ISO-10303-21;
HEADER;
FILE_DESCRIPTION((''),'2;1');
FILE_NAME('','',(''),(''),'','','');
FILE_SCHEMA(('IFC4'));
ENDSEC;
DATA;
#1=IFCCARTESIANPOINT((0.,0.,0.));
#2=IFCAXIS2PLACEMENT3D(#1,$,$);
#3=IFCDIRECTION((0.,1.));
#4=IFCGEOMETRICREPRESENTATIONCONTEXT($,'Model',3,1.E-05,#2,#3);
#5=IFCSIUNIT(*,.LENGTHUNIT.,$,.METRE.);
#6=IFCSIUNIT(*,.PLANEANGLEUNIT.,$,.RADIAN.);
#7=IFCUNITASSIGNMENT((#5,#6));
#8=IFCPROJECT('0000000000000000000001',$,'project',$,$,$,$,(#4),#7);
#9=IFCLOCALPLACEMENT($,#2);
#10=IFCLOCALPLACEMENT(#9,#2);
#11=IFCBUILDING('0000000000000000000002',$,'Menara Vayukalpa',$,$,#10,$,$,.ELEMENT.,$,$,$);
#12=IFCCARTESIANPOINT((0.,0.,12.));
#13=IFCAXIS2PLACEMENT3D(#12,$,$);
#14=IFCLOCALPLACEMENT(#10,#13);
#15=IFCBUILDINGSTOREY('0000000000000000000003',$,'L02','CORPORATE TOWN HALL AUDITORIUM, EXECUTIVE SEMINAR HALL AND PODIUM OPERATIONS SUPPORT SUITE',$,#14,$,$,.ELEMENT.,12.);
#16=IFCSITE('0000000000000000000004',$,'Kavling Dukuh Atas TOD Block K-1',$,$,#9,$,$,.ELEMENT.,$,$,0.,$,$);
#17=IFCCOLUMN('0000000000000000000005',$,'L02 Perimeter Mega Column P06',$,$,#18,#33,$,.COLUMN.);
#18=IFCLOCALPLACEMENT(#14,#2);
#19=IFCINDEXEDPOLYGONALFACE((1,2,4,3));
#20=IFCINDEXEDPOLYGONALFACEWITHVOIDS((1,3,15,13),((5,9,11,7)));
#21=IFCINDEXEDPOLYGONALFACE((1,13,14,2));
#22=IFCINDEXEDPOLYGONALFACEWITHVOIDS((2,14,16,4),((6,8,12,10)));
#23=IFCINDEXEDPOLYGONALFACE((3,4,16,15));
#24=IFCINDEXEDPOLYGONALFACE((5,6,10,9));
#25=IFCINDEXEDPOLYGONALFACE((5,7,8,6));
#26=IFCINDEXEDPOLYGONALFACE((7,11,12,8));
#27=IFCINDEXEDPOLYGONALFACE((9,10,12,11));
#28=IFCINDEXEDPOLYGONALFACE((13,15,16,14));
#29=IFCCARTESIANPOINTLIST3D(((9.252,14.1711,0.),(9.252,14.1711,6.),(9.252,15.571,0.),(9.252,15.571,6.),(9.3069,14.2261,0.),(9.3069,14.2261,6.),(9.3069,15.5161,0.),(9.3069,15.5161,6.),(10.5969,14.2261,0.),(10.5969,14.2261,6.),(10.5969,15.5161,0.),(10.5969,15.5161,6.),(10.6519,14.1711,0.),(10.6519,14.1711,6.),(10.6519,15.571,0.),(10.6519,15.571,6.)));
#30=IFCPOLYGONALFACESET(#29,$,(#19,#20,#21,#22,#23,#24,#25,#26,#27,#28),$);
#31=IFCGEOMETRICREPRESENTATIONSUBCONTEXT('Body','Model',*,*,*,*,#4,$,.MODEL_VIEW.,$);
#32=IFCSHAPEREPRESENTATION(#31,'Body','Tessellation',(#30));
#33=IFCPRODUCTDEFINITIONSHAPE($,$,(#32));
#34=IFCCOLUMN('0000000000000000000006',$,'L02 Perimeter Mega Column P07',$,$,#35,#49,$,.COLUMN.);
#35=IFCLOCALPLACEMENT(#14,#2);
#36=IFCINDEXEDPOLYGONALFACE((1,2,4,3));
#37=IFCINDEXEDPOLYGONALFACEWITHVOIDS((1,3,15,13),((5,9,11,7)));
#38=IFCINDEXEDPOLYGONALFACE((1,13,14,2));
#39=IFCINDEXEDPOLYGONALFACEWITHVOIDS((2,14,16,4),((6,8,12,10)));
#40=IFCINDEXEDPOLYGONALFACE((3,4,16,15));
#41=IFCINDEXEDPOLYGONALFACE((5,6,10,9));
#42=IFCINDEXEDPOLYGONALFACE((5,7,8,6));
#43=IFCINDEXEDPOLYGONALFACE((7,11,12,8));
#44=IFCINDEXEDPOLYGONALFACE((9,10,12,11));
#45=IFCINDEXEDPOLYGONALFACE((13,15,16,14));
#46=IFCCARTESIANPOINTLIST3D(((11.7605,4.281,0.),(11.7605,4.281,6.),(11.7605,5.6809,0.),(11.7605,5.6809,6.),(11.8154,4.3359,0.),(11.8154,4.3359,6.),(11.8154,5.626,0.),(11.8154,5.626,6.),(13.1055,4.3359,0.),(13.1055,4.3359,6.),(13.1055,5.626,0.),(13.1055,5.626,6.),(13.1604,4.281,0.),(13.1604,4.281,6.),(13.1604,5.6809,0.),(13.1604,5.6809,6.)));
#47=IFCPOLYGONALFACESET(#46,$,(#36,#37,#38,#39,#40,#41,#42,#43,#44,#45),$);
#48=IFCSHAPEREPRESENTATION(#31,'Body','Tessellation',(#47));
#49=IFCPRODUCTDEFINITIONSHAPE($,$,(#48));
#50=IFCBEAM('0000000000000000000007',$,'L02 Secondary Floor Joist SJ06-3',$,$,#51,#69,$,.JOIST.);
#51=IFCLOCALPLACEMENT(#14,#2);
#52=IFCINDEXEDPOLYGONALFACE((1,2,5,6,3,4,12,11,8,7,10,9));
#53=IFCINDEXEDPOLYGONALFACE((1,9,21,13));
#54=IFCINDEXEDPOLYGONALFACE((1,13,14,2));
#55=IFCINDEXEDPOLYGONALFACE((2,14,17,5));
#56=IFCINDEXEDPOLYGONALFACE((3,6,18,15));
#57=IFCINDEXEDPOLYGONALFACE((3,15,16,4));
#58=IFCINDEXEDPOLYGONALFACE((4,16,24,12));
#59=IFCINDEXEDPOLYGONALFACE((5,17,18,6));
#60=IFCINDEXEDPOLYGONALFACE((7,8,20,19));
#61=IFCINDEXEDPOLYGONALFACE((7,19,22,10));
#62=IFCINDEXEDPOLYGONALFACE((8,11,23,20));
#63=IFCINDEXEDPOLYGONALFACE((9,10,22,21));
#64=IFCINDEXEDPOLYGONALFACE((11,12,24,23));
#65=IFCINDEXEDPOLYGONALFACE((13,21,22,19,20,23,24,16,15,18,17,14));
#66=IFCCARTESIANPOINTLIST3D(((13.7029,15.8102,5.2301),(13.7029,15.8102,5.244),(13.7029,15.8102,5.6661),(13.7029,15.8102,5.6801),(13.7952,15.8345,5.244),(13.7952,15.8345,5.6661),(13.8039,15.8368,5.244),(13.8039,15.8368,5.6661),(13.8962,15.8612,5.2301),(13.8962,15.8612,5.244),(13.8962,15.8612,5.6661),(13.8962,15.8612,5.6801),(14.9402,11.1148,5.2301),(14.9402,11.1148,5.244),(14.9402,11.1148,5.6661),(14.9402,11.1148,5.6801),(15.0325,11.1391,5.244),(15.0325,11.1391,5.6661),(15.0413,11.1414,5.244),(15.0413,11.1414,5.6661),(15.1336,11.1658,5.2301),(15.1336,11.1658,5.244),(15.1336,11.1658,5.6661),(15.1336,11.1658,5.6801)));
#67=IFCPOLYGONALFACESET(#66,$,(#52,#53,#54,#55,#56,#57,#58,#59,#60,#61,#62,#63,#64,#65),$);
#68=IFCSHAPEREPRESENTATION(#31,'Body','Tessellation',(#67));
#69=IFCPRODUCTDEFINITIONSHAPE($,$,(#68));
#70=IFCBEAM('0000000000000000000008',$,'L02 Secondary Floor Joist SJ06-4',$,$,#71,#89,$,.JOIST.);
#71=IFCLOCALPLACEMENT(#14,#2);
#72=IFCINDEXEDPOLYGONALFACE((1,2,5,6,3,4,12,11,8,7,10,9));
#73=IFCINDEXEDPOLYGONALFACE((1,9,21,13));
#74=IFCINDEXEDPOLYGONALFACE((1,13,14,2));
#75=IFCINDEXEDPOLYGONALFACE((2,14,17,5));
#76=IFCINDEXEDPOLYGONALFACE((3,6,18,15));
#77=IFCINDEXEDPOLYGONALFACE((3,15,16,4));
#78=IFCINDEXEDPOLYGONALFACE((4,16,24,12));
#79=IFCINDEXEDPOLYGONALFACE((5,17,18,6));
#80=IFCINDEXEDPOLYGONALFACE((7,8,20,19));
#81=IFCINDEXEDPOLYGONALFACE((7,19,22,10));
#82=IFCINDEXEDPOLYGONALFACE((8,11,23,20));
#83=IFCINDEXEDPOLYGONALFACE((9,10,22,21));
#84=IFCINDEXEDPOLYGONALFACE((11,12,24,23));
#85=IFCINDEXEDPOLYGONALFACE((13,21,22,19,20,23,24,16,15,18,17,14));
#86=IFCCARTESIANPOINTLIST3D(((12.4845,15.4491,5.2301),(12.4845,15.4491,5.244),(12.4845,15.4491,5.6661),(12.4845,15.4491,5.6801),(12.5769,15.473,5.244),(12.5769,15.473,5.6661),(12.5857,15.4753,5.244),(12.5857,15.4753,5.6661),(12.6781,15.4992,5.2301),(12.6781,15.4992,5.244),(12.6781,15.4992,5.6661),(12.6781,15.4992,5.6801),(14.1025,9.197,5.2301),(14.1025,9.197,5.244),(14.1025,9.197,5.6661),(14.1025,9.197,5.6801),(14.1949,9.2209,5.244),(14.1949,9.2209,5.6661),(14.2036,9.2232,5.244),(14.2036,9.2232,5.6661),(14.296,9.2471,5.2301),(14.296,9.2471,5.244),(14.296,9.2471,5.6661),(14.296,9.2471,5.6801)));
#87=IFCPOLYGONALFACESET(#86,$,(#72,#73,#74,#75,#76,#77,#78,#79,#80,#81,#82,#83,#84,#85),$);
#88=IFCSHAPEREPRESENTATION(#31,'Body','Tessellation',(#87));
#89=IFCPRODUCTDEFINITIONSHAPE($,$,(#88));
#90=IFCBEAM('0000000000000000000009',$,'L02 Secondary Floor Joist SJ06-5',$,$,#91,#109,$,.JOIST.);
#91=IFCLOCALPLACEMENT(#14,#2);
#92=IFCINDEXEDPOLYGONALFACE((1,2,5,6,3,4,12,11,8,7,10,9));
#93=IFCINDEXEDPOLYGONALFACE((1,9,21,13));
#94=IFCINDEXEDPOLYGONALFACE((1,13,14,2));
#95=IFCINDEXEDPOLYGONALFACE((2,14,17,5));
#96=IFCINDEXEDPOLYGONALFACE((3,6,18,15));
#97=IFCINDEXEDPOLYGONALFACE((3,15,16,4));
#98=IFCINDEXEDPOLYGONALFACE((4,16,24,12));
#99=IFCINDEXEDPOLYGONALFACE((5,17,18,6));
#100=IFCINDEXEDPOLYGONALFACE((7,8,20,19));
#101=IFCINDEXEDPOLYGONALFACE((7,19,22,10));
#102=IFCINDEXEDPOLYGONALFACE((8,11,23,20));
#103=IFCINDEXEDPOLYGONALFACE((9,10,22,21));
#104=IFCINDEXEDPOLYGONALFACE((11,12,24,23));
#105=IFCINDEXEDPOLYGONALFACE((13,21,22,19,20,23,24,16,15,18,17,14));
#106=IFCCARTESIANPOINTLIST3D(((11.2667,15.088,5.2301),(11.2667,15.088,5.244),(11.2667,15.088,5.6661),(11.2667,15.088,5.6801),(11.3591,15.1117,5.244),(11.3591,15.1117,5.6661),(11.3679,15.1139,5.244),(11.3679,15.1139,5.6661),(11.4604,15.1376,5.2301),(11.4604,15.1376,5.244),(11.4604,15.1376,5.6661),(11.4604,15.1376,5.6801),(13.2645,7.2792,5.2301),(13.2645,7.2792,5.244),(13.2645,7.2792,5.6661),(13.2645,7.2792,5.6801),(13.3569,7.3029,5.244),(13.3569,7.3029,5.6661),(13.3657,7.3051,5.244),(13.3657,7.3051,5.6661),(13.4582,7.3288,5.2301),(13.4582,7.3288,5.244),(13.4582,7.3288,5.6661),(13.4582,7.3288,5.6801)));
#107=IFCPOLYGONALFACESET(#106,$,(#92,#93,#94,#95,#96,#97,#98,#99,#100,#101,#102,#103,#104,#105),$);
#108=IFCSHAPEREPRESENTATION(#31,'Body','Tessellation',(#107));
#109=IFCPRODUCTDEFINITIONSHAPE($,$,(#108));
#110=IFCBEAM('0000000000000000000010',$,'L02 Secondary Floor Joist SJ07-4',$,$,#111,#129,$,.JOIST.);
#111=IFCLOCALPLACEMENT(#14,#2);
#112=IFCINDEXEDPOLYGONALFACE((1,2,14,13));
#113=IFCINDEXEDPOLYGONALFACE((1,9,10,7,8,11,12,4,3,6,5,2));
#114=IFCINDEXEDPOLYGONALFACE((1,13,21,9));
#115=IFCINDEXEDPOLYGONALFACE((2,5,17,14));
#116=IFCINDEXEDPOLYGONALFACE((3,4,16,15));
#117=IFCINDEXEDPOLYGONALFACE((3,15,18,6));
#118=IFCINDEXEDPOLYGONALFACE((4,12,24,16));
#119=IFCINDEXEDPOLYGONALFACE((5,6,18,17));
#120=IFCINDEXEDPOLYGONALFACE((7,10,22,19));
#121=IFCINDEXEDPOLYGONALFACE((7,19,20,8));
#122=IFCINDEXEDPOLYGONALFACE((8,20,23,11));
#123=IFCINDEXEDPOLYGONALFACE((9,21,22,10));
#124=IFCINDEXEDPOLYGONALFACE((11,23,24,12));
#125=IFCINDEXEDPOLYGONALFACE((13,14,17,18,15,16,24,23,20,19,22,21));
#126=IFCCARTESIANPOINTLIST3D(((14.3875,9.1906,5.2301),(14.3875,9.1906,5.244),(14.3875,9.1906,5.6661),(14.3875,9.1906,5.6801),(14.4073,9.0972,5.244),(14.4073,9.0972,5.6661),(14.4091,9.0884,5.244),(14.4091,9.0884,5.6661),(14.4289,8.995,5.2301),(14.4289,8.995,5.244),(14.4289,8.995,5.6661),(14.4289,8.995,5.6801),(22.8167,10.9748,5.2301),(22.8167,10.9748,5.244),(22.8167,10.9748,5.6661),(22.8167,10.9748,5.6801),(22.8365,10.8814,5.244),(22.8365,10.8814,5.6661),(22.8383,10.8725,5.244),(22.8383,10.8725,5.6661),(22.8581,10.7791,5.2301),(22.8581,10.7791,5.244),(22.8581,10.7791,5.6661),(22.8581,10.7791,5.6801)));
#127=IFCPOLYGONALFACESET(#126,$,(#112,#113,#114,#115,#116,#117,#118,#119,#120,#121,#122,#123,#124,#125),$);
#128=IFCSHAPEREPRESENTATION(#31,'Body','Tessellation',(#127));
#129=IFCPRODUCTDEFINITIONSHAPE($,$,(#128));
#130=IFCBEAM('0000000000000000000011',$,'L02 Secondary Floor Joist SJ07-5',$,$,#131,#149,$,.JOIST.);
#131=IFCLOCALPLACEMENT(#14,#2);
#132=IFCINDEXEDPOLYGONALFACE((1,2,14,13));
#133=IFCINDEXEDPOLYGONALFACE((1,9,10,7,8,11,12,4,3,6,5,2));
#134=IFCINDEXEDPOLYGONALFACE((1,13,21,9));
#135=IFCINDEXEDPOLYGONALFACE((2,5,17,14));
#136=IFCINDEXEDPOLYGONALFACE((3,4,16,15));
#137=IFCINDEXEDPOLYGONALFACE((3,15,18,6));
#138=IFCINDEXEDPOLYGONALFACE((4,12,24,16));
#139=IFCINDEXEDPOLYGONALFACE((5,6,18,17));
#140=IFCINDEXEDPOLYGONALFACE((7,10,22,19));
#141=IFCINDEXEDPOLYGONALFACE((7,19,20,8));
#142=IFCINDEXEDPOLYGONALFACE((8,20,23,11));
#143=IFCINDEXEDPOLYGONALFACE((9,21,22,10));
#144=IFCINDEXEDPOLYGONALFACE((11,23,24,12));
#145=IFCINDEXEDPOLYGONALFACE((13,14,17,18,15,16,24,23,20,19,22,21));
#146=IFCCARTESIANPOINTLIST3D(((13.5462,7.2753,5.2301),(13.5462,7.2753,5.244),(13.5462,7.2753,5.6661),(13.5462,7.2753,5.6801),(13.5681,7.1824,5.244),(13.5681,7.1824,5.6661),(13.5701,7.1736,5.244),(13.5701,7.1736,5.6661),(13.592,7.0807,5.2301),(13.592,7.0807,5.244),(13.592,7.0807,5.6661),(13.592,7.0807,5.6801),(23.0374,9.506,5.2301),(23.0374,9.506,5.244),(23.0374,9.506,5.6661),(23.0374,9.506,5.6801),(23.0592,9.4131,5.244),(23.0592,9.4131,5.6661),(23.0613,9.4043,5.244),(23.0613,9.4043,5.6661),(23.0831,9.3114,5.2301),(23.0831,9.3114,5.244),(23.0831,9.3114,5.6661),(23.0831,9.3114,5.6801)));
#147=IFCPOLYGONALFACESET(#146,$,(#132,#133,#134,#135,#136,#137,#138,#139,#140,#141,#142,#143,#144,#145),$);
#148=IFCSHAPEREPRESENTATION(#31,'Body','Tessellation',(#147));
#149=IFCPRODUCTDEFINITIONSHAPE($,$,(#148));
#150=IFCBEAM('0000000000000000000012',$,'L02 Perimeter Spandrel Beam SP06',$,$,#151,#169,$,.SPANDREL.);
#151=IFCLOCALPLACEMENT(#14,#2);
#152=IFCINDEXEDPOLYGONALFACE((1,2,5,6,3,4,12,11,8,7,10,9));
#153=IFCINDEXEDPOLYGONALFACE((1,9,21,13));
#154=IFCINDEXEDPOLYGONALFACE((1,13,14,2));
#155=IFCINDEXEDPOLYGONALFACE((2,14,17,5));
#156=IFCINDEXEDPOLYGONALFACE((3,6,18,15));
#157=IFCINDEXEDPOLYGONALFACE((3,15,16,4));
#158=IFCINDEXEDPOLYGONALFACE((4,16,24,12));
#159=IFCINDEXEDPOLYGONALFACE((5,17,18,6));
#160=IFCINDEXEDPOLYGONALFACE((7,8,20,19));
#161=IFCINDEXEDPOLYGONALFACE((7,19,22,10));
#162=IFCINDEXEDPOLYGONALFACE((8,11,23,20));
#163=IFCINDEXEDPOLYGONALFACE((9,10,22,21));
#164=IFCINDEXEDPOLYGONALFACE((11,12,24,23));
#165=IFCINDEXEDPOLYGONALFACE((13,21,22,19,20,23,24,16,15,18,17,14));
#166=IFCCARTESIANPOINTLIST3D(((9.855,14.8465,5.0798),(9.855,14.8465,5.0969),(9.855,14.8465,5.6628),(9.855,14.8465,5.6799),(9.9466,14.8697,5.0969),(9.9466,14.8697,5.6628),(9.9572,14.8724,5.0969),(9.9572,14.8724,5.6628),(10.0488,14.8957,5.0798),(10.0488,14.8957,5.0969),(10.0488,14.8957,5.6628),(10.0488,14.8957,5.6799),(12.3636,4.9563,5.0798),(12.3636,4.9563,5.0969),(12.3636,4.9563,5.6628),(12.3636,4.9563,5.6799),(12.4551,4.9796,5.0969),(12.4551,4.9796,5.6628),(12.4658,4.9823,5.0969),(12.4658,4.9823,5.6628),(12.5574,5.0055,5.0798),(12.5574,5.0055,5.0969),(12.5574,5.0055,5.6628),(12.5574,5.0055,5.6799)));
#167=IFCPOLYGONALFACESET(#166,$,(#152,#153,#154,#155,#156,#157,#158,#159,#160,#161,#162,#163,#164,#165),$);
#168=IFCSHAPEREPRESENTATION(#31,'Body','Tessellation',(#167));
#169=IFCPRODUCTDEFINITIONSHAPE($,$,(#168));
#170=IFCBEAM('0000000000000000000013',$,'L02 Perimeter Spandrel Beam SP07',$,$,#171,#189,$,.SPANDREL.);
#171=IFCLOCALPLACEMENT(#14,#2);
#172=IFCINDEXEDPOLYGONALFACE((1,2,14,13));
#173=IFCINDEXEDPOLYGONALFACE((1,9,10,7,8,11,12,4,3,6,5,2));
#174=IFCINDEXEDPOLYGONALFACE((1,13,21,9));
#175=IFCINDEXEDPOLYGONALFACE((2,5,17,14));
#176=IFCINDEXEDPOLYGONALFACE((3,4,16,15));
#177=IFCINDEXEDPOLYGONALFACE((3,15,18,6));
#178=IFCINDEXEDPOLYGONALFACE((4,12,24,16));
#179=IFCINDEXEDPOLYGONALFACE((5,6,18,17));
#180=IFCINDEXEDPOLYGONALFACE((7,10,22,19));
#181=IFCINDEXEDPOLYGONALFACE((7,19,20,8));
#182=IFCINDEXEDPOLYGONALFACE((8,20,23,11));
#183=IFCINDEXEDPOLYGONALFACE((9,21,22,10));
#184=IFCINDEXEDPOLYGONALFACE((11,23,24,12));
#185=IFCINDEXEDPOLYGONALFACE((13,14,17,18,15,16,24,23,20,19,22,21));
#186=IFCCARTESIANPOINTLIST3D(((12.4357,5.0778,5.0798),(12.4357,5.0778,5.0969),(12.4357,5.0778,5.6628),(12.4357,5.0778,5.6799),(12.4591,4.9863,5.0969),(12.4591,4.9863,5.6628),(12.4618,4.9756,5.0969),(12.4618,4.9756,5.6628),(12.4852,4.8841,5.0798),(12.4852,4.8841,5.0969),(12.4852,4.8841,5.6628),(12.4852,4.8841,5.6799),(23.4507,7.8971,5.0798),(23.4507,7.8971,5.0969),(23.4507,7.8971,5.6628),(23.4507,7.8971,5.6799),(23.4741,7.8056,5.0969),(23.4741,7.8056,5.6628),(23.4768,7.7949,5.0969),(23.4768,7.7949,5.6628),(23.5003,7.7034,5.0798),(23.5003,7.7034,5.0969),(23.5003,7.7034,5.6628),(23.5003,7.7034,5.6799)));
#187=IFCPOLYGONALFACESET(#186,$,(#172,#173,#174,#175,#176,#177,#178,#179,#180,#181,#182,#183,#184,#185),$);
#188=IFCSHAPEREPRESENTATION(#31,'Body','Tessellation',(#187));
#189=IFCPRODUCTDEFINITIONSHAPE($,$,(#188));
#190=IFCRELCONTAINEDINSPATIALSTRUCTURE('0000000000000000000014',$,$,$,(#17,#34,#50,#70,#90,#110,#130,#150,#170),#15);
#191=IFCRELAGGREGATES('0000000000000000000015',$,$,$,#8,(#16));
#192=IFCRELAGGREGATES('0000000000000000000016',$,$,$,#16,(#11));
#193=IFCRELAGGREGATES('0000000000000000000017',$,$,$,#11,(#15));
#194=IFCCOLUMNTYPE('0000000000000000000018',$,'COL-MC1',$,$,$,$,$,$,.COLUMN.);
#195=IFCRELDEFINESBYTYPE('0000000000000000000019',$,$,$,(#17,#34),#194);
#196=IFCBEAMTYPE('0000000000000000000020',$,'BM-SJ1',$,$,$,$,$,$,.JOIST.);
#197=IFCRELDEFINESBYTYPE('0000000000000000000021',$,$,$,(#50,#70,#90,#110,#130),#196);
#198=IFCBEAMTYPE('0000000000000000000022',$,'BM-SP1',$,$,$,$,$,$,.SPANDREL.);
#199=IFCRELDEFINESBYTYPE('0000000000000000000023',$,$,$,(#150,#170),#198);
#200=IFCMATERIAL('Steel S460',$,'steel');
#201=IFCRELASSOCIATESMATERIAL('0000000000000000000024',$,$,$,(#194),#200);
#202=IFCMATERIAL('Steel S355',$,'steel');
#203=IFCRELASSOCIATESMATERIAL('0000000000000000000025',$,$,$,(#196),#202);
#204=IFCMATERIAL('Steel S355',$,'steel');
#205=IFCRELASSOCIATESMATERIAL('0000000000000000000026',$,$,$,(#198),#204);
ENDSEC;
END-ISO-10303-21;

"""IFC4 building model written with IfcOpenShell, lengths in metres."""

from ifc_helpers import new_model, si_unit, direction, frame, origin, origin_2d, place, context, subcontext, project, spatial, hollow_rectangle, i_section, extrude, material, material_profile, profile_set, type_object, element, save


model = new_model("IFC4")

# Units and contexts
model_context = context("Model", 3, precision=1e-05, world=origin(), true_north=direction((0.0, 1.0)))
body_context = subcontext(model_context, "Body", "Model", "MODEL_VIEW")
ifc_project = project(units=[si_unit("LENGTHUNIT", "METRE"), si_unit("PLANEANGLEUNIT", "RADIAN")], contexts=[model_context])

# Site, building, storey
site_placement = place(None, origin())
site = spatial("IfcSite", under=ifc_project, at=site_placement, Name="Kavling Dukuh Atas TOD Block K-1", CompositionType="ELEMENT", RefElevation=0.0)
building_placement = place(site_placement, origin())
building = spatial("IfcBuilding", under=site, at=building_placement, Name="Menara Vayukalpa", CompositionType="ELEMENT")
storey_placement = place(building_placement, frame((0.0, 0.0, 12.0)))
storey = spatial("IfcBuildingStorey", under=building, at=storey_placement, Name="L02", Description="CORPORATE TOWN HALL AUDITORIUM, EXECUTIVE SEMINAR HALL AND PODIUM OPERATIONS SUPPORT SUITE", CompositionType="ELEMENT", Elevation=12.0)

# Columns
ifc_material_1 = material(Name="Steel S460", Category="steel")
ifc_material_profile_1 = material_profile(ifc_material_1, hollow_rectangle(XDim=1.3999, YDim=1.3999, WallThickness=0.0549, at=origin_2d()), Name="BOX 1400x1400x55")
ifc_profile_set_1 = profile_set([ifc_material_profile_1], Name="Steel S460")
column_type = type_object("IfcColumnType", Name="COL-MC1", PredefinedType="COLUMN", material=ifc_profile_set_1)
for number, where, z_axis, x_axis, name in (
    (1, (9.9519, 14.8711, 0.0), (0.0, 0.0, 1.0), (1.0, 0.0, 0.0), "L02 Perimeter Mega Column P06"),
    (2, (12.4604, 4.981, 0.0), (0.0, 0.0, 1.0), (1.0, 0.0, 0.0), "L02 Perimeter Mega Column P07"),
):
    element("IfcColumn", number, at=place(storey_placement, frame(where, z_axis=z_axis, x_axis=x_axis)), inside=storey, type_object=column_type, Name=name, PredefinedType="COLUMN", context=body_context, shape_type="SweptSolid", body=[
        extrude(hollow_rectangle(XDim=1.3999, YDim=1.3999, WallThickness=0.0549, at=origin_2d()), origin(), (0.0, 0.0, 1.0), 6.0),
    ])

# Beams
ifc_material_2 = material(Name="Steel S355", Category="steel")
ifc_material_profile_2 = material_profile(ifc_material_2, i_section(OverallWidth=0.2, OverallDepth=0.45, WebThickness=0.009, FlangeThickness=0.0139, at=origin_2d()), Name="WF 450x200x9x14")
ifc_profile_set_2 = profile_set([ifc_material_profile_2], Name="Steel S355")
beam_type_1 = type_object("IfcBeamType", Name="BM-SJ1", PredefinedType="JOIST", material=ifc_profile_set_2)
beam_1_placement = place(storey_placement, frame((13.7996, 15.8357, 5.4551), z_axis=(0.25482, -0.966989, 0.0), x_axis=(0.966989, 0.25482, 0.0)))
element("IfcBeam", 3, at=beam_1_placement, inside=storey, type_object=beam_type_1, Name="L02 Secondary Floor Joist SJ06-3", PredefinedType="JOIST", context=body_context, shape_type="SweptSolid", body=[
    extrude(i_section(OverallWidth=0.2, OverallDepth=0.45, WebThickness=0.009, FlangeThickness=0.0139, at=origin_2d()), origin(), (0.0, 0.0, 1.0), 4.8557),
])
beam_2_placement = place(storey_placement, frame((12.5813, 15.4741, 5.4551), z_axis=(0.250533, -0.968108, 0.0), x_axis=(0.968108, 0.250533, 0.0)))
element("IfcBeam", 4, at=beam_2_placement, inside=storey, type_object=beam_type_1, Name="L02 Secondary Floor Joist SJ06-4", PredefinedType="JOIST", context=body_context, shape_type="SweptSolid", body=[
    extrude(i_section(OverallWidth=0.2, OverallDepth=0.45, WebThickness=0.009, FlangeThickness=0.0139, at=origin_2d()), origin(), (0.0, 0.0, 1.0), 6.458),
])
beam_3_placement = place(storey_placement, frame((11.3635, 15.1128, 5.4551), z_axis=(0.247856, -0.968797, 0.0), x_axis=(0.968797, 0.247856, 0.0)))
element("IfcBeam", 5, at=beam_3_placement, inside=storey, type_object=beam_type_1, Name="L02 Secondary Floor Joist SJ06-5", PredefinedType="JOIST", context=body_context, shape_type="SweptSolid", body=[
    extrude(i_section(OverallWidth=0.2, OverallDepth=0.45, WebThickness=0.009, FlangeThickness=0.0139, at=origin_2d()), origin(), (0.0, 0.0, 1.0), 8.0603),
])
beam_4_placement = place(storey_placement, frame((14.4082, 9.0928, 5.4551), z_axis=(0.978324, 0.207079, 0.0), x_axis=(-0.207079, 0.978324, 0.0)))
element("IfcBeam", 6, at=beam_4_placement, inside=storey, type_object=beam_type_1, Name="L02 Secondary Floor Joist SJ07-4", PredefinedType="JOIST", context=body_context, shape_type="SweptSolid", body=[
    extrude(i_section(OverallWidth=0.2, OverallDepth=0.45, WebThickness=0.009, FlangeThickness=0.0139, at=origin_2d()), origin(), (0.0, 0.0, 1.0), 8.616),
])
beam_5_placement = place(storey_placement, frame((13.5691, 7.178, 5.4551), z_axis=(0.973475, 0.228795, 0.0), x_axis=(-0.228795, 0.973475, 0.0)))
element("IfcBeam", 7, at=beam_5_placement, inside=storey, type_object=beam_type_1, Name="L02 Secondary Floor Joist SJ07-5", PredefinedType="JOIST", context=body_context, shape_type="SweptSolid", body=[
    extrude(i_section(OverallWidth=0.2, OverallDepth=0.45, WebThickness=0.009, FlangeThickness=0.0139, at=origin_2d()), origin(), (0.0, 0.0, 1.0), 9.7498),
])
ifc_material_3 = material(Name="Steel S355", Category="steel")
ifc_material_profile_3 = material_profile(ifc_material_3, i_section(OverallWidth=0.2, OverallDepth=0.6001, WebThickness=0.011, FlangeThickness=0.0171, at=origin_2d()), Name="WF 600x200x11x17")
ifc_profile_set_3 = profile_set([ifc_material_profile_3], Name="Steel S355")
beam_type_2 = type_object("IfcBeamType", Name="BM-SP1", PredefinedType="SPANDREL", material=ifc_profile_set_3)
beam_6_placement = place(storey_placement, frame((9.9519, 14.8711, 5.3799), z_axis=(0.245856, -0.969306, 0.0), x_axis=(0.969306, 0.245856, 0.0)))
element("IfcBeam", 8, at=beam_6_placement, inside=storey, type_object=beam_type_2, Name="L02 Perimeter Spandrel Beam SP06", PredefinedType="SPANDREL", context=body_context, shape_type="SweptSolid", body=[
    extrude(i_section(OverallWidth=0.2, OverallDepth=0.6001, WebThickness=0.011, FlangeThickness=0.0171, at=origin_2d()), origin(), (0.0, 0.0, 1.0), 10.2034),
])
beam_7_placement = place(storey_placement, frame((12.4604, 4.981, 5.3799), z_axis=(0.968771, 0.247958, 0.0), x_axis=(-0.247958, 0.968771, 0.0)))
element("IfcBeam", 9, at=beam_7_placement, inside=storey, type_object=beam_type_2, Name="L02 Perimeter Spandrel Beam SP07", PredefinedType="SPANDREL", context=body_context, shape_type="SweptSolid", body=[
    extrude(i_section(OverallWidth=0.2, OverallDepth=0.6001, WebThickness=0.011, FlangeThickness=0.0171, at=origin_2d()), origin(), (0.0, 0.0, 1.0), 11.3701),
])

save(model, "model.ifc")
